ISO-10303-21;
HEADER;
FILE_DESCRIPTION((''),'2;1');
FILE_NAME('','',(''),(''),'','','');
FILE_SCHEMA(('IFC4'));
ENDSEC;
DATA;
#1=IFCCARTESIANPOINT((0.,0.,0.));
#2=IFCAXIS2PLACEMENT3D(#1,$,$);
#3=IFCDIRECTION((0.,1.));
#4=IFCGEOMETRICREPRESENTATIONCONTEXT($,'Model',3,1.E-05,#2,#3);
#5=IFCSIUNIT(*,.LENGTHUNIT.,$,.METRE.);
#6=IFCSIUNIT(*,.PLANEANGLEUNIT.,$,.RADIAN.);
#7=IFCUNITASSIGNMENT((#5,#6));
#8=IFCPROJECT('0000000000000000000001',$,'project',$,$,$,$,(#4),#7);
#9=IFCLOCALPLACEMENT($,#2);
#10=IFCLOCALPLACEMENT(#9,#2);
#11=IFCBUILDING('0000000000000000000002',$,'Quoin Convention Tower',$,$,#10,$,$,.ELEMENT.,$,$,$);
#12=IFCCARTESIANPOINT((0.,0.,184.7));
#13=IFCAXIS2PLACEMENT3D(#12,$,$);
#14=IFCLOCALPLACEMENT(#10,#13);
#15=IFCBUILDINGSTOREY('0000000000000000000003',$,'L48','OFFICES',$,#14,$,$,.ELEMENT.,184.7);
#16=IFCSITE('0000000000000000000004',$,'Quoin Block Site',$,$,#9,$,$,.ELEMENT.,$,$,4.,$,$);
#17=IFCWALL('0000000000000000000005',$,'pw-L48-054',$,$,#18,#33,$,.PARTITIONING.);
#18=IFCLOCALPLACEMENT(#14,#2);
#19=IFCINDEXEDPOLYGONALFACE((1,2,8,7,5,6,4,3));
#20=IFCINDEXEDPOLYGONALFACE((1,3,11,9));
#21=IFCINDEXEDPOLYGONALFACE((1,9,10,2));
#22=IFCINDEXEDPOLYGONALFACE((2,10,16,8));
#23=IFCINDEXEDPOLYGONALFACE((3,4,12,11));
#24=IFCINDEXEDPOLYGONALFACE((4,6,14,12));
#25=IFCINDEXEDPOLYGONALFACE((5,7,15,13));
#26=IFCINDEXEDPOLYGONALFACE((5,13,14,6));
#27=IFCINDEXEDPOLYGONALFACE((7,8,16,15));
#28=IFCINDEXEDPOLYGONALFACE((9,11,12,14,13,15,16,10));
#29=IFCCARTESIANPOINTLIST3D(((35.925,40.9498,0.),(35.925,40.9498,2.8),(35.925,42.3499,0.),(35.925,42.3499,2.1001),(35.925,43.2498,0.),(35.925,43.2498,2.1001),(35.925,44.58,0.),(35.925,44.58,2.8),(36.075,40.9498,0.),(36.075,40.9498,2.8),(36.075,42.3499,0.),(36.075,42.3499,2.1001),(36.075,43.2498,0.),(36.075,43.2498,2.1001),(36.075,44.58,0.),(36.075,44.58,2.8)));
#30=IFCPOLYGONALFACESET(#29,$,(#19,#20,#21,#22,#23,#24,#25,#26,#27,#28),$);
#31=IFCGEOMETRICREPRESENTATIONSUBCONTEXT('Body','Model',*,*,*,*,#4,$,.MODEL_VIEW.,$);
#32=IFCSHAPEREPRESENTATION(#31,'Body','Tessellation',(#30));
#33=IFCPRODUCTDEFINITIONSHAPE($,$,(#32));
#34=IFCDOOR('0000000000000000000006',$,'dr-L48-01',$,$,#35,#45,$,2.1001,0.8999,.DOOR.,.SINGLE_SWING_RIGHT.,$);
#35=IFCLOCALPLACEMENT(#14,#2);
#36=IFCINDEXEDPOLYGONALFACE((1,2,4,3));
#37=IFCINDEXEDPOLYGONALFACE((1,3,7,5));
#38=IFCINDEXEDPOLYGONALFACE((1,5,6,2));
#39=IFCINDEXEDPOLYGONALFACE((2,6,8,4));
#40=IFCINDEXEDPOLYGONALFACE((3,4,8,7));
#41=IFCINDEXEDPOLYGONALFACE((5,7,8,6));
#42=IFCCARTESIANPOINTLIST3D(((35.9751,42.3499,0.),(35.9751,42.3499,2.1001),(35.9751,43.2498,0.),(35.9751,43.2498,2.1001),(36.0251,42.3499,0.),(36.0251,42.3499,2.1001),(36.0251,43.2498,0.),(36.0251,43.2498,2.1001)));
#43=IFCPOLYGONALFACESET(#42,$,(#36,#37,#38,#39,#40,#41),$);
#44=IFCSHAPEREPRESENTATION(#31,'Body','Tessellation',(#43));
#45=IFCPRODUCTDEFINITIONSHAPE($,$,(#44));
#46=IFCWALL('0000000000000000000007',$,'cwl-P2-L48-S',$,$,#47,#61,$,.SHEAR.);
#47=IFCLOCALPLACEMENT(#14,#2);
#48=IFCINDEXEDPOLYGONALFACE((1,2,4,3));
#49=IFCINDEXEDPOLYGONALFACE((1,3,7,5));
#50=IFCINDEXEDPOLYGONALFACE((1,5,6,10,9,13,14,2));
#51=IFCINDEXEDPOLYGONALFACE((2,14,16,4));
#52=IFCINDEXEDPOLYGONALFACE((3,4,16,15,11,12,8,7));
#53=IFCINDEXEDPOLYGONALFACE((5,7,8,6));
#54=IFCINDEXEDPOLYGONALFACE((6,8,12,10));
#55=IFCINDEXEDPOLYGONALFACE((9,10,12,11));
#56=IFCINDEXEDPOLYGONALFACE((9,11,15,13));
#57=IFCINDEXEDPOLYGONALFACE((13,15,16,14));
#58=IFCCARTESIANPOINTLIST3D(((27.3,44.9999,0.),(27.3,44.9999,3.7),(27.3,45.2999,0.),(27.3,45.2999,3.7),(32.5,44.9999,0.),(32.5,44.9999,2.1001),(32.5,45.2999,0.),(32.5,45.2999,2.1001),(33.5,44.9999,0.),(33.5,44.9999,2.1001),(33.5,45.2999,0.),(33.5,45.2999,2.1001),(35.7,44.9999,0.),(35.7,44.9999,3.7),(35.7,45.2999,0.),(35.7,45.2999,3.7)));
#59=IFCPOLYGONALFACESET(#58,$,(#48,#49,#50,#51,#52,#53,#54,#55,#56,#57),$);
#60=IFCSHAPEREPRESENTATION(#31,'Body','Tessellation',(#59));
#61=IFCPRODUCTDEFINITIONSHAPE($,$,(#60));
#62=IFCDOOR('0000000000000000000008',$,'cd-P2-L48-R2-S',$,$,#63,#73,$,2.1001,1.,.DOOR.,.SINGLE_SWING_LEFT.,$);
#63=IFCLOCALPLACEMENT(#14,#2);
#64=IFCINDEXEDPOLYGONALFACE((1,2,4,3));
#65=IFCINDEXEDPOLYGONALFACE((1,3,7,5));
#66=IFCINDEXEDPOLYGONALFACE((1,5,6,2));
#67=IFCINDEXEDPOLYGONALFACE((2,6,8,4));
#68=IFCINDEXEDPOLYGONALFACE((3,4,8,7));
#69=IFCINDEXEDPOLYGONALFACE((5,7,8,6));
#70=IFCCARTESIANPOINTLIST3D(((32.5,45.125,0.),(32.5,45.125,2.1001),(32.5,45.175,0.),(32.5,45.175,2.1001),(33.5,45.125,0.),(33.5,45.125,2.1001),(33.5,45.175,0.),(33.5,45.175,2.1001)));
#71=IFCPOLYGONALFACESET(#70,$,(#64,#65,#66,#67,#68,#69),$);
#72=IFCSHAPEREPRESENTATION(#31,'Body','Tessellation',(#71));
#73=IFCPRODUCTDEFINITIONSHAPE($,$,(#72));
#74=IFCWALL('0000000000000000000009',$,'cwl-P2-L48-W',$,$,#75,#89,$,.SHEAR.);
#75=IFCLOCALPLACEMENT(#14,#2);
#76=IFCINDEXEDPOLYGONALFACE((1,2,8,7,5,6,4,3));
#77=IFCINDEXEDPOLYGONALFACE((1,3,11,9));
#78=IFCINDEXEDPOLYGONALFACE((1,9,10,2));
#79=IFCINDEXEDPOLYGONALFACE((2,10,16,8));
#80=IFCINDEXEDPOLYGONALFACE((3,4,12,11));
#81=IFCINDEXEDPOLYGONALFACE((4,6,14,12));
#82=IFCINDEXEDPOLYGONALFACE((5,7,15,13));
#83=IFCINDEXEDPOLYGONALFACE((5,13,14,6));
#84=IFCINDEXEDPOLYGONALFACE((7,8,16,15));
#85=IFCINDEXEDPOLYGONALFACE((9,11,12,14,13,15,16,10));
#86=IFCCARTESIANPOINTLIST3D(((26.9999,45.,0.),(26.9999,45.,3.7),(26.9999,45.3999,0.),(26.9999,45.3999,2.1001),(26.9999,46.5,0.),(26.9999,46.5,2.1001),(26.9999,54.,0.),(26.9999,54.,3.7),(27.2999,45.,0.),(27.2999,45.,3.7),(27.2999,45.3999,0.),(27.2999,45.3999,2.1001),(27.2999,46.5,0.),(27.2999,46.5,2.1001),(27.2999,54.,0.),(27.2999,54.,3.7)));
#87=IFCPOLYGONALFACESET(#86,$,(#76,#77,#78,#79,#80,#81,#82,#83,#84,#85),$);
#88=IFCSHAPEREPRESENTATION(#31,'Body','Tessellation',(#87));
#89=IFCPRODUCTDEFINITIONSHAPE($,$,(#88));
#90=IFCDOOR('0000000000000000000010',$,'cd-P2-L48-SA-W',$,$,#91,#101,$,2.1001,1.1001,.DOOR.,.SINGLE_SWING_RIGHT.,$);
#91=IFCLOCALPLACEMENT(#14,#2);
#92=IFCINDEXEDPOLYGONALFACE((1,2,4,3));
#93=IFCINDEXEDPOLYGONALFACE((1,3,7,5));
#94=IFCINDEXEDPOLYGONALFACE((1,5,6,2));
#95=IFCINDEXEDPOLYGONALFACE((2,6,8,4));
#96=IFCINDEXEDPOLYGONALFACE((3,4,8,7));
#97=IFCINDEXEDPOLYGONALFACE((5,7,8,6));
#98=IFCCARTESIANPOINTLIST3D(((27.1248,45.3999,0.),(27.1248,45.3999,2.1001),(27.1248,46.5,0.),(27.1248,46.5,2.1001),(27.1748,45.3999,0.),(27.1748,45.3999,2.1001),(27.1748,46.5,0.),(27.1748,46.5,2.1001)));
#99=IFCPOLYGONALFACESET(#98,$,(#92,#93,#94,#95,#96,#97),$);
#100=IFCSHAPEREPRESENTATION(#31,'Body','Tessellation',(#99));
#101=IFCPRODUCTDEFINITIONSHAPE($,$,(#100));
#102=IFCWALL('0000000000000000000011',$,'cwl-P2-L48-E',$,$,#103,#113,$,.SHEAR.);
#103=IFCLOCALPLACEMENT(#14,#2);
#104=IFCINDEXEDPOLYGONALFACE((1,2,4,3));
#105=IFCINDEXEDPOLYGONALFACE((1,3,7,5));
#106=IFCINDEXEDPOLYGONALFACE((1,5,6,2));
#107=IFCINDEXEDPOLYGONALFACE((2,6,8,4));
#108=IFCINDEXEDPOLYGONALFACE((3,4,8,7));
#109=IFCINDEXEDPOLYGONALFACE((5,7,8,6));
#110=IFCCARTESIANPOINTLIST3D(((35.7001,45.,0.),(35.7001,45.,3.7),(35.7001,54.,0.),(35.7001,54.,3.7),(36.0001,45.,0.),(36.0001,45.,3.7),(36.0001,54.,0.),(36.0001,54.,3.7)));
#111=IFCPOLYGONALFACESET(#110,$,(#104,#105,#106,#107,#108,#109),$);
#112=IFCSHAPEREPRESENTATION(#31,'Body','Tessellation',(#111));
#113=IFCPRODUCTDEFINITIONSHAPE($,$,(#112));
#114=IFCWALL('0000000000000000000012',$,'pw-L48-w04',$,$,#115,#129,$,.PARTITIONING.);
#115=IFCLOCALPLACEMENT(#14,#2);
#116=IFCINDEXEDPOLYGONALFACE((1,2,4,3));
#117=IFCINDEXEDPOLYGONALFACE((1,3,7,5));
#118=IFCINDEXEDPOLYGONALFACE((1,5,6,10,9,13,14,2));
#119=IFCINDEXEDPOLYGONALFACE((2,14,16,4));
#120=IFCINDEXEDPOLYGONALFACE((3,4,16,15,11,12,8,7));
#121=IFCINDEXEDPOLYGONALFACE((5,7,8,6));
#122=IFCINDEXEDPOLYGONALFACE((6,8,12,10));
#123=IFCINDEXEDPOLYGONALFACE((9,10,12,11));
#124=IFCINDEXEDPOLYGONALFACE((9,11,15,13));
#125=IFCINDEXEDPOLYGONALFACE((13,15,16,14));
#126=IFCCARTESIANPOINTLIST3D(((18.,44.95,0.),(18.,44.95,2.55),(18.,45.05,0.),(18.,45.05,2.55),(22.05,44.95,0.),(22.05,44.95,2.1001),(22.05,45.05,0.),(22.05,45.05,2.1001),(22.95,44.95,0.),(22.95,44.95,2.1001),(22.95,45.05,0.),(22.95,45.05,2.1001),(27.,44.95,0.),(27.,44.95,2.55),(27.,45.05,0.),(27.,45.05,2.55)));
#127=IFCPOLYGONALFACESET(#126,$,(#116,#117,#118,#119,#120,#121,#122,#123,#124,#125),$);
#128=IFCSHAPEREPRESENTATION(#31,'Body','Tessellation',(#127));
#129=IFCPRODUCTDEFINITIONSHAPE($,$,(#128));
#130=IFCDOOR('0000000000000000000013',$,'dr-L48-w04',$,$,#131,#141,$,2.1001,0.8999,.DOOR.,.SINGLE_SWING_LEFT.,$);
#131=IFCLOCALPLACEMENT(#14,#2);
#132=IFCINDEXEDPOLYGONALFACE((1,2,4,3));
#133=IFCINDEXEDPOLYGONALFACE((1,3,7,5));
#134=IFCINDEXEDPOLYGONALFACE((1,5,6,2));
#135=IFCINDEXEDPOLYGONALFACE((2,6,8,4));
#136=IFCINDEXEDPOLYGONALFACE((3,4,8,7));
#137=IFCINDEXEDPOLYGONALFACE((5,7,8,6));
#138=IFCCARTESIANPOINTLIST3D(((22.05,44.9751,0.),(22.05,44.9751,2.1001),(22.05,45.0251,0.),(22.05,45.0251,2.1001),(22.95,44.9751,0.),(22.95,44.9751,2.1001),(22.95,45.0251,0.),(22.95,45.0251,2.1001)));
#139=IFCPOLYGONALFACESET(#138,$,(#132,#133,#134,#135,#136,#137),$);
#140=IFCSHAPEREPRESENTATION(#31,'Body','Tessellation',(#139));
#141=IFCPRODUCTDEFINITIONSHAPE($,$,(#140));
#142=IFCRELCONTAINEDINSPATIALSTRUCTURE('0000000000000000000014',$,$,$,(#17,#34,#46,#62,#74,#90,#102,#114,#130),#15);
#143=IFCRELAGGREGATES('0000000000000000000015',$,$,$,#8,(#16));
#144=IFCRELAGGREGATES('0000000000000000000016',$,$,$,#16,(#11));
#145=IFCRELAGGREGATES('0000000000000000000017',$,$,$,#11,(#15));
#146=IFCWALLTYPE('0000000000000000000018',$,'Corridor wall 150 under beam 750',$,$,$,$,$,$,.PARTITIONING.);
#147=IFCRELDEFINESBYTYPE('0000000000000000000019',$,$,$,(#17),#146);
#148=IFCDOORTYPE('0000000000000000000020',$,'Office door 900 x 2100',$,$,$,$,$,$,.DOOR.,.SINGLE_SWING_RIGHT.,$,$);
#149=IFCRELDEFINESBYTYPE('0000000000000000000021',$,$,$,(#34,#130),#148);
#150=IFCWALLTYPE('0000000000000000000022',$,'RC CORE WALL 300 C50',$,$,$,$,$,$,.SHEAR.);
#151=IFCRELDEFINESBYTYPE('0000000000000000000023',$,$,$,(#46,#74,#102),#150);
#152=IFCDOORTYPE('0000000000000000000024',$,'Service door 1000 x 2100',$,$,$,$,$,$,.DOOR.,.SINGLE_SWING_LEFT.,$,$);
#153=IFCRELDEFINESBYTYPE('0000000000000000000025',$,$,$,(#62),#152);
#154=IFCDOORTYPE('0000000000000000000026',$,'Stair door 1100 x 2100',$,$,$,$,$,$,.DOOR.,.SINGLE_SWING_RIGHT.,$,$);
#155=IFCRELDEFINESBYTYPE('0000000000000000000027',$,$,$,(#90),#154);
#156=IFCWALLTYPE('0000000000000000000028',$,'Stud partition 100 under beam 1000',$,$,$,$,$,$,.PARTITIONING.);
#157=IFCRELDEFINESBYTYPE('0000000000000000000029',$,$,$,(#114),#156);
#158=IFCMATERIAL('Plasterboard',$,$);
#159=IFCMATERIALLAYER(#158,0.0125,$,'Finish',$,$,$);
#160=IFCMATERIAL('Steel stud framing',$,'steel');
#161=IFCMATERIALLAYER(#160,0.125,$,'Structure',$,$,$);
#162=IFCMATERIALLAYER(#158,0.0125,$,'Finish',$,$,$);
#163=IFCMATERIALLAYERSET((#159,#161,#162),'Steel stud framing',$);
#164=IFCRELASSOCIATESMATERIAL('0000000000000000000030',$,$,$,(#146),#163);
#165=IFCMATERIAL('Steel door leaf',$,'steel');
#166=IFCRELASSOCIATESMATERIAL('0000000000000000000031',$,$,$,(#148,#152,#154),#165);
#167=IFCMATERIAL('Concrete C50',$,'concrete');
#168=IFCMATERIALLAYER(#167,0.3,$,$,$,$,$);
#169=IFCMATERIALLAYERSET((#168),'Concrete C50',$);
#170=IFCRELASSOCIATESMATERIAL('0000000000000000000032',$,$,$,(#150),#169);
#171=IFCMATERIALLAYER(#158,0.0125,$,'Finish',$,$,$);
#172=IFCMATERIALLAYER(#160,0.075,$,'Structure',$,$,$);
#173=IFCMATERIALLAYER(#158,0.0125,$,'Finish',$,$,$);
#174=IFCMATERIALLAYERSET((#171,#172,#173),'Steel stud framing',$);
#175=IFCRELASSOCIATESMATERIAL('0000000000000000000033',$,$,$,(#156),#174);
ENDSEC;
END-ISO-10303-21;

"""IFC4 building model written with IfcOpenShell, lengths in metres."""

from ifc_helpers import new_model, si_unit, direction, frame, frame_2d, origin, place, context, subcontext, project, spatial, rectangle, extrude, material, layer, layer_set, type_object, element, fill, save


model = new_model("IFC4")

# Units and contexts
model_context = context("Model", 3, precision=1e-05, world=origin(), true_north=direction((0.0, 1.0)))
body_context = subcontext(model_context, "Body", "Model", "MODEL_VIEW")
ifc_project = project(units=[si_unit("LENGTHUNIT", "METRE"), si_unit("PLANEANGLEUNIT", "RADIAN")], contexts=[model_context])

# Site, building, storey
site_placement = place(None, origin())
site = spatial("IfcSite", under=ifc_project, at=site_placement, Name="Quoin Block Site", CompositionType="ELEMENT", RefElevation=4.0)
building_placement = place(site_placement, origin())
building = spatial("IfcBuilding", under=site, at=building_placement, Name="Quoin Convention Tower", CompositionType="ELEMENT")
storey_placement = place(building_placement, frame((0.0, 0.0, 184.7)))
storey = spatial("IfcBuildingStorey", under=building, at=storey_placement, Name="L48", Description="OFFICES", CompositionType="ELEMENT", Elevation=184.7)

# Shared definitions
ifc_material_1 = material(Name="Concrete C50", Category="concrete")

# Walls, openings, doors
ifc_material_2 = material(Name="Plasterboard")
ifc_layer_1 = layer(ifc_material_2, 0.0125, Name="Finish")
ifc_material_3 = material(Name="Steel stud framing", Category="steel")
ifc_layer_2 = layer(ifc_material_3, 0.125, Name="Structure")
ifc_layer_3 = layer(ifc_material_2, 0.0125, Name="Finish")
ifc_layer_set_1 = layer_set([ifc_layer_1, ifc_layer_2, ifc_layer_3], Name="Steel stud framing")
wall_type_1 = type_object("IfcWallType", Name="Corridor wall 150 under beam 750", PredefinedType="PARTITIONING", material=ifc_layer_set_1)
wall_1_placement = place(storey_placement, frame((36.0, 40.95, 0.0), z_axis=(0.0, 0.0, 1.0), x_axis=(0.0, 1.0, 0.0)))
wall_1 = element("IfcWall", 1, at=wall_1_placement, inside=storey, type_object=wall_type_1, Name="pw-L48-054", PredefinedType="PARTITIONING", context=body_context, shape_type="SweptSolid", body=[
    extrude(rectangle(XDim=3.6301, YDim=0.1499, at=frame_2d((1.8149, 0.0))), origin(), (0.0, 0.0, 1.0), 2.8),
])
opening_1_placement = place(wall_1_placement, frame((1.3999, 0.0, 0.0)))
opening_1 = element("IfcOpeningElement", 2, at=opening_1_placement, cuts=wall_1, PredefinedType="OPENING", context=body_context, shape_type="SweptSolid", body=[
    extrude(rectangle(XDim=0.8999, YDim=2.1001, at=frame_2d((0.45, 1.05))), frame((0.0, 0.085, 0.0), z_axis=(0.0, -1.0, 0.0), x_axis=(1.0, 0.0, 0.0)), (0.0, 0.0, 1.0), 0.1699),
])
ifc_material_4 = material(Name="Steel door leaf", Category="steel")
door_type_1 = type_object("IfcDoorType", Name="Office door 900 x 2100", OperationType="SINGLE_SWING_RIGHT", PredefinedType="DOOR", material=ifc_material_4)
door_1_placement = place(opening_1_placement, origin())
door_1 = element("IfcDoor", 3, at=door_1_placement, inside=storey, type_object=door_type_1, Name="dr-L48-01", OperationType="SINGLE_SWING_RIGHT", OverallHeight=2.1001, OverallWidth=0.8999, PredefinedType="DOOR", context=body_context, shape_type="SweptSolid", body=[
    extrude(rectangle(XDim=0.8999, YDim=2.1001, at=frame_2d((0.45, 1.05))), frame((0.0, 0.0249, 0.0), z_axis=(0.0, -1.0, 0.0), x_axis=(1.0, 0.0, 0.0)), (0.0, 0.0, 1.0), 0.05),
])
fill(opening_1, door_1)
ifc_layer_4 = layer(ifc_material_1, 0.3)
ifc_layer_set_2 = layer_set([ifc_layer_4], Name="Concrete C50")
wall_type_2 = type_object("IfcWallType", Name="RC CORE WALL 300 C50", PredefinedType="SHEAR", material=ifc_layer_set_2)
wall_2_placement = place(storey_placement, frame((27.3, 45.1499, 0.0), z_axis=(0.0, 0.0, 1.0), x_axis=(1.0, 0.0, 0.0)))
wall_2 = element("IfcWall", 4, at=wall_2_placement, inside=storey, type_object=wall_type_2, Name="cwl-P2-L48-S", PredefinedType="SHEAR", context=body_context, shape_type="SweptSolid", body=[
    extrude(rectangle(XDim=8.3999, YDim=0.3, at=frame_2d((4.2, 0.0))), origin(), (0.0, 0.0, 1.0), 3.7),
])
opening_2_placement = place(wall_2_placement, frame((5.2, 0.0, 0.0)))
opening_2 = element("IfcOpeningElement", 5, at=opening_2_placement, cuts=wall_2, PredefinedType="OPENING", context=body_context, shape_type="SweptSolid", body=[
    extrude(rectangle(XDim=1.0, YDim=2.1001, at=frame_2d((0.5, 1.05))), frame((0.0, 0.1599, 0.0), z_axis=(0.0, -1.0, 0.0), x_axis=(1.0, 0.0, 0.0)), (0.0, 0.0, 1.0), 0.3201),
])
door_type_2 = type_object("IfcDoorType", Name="Service door 1000 x 2100", OperationType="SINGLE_SWING_LEFT", PredefinedType="DOOR", material=ifc_material_4)
door_2_placement = place(opening_2_placement, frame((1.0, 0.0, 0.0), z_axis=(0.0, 0.0, 1.0), x_axis=(-1.0, 0.0, 0.0)))
door_2 = element("IfcDoor", 6, at=door_2_placement, inside=storey, type_object=door_type_2, Name="cd-P2-L48-R2-S", OperationType="SINGLE_SWING_LEFT", OverallHeight=2.1001, OverallWidth=1.0, PredefinedType="DOOR", context=body_context, shape_type="SweptSolid", body=[
    extrude(rectangle(XDim=1.0, YDim=2.1001, at=frame_2d((0.5, 1.05))), frame((0.0, 0.0249, 0.0), z_axis=(0.0, -1.0, 0.0), x_axis=(1.0, 0.0, 0.0)), (0.0, 0.0, 1.0), 0.05),
])
fill(opening_2, door_2)
wall_3_placement = place(storey_placement, frame((27.1499, 45.0, 0.0), z_axis=(0.0, 0.0, 1.0), x_axis=(0.0, 1.0, 0.0)))
wall_3 = element("IfcWall", 7, at=wall_3_placement, inside=storey, type_object=wall_type_2, Name="cwl-P2-L48-W", PredefinedType="SHEAR", context=body_context, shape_type="SweptSolid", body=[
    extrude(rectangle(XDim=9.0, YDim=0.3, at=frame_2d((4.5, 0.0))), origin(), (0.0, 0.0, 1.0), 3.7),
])
opening_3_placement = place(wall_3_placement, frame((0.3999, 0.0, 0.0)))
opening_3 = element("IfcOpeningElement", 8, at=opening_3_placement, cuts=wall_3, PredefinedType="OPENING", context=body_context, shape_type="SweptSolid", body=[
    extrude(rectangle(XDim=1.1001, YDim=2.1001, at=frame_2d((0.55, 1.05))), frame((0.0, 0.1599, 0.0), z_axis=(0.0, -1.0, 0.0), x_axis=(1.0, 0.0, 0.0)), (0.0, 0.0, 1.0), 0.3201),
])
door_type_3 = type_object("IfcDoorType", Name="Stair door 1100 x 2100", OperationType="SINGLE_SWING_RIGHT", PredefinedType="DOOR", material=ifc_material_4)
door_3_placement = place(opening_3_placement, frame((1.1001, 0.0, 0.0), z_axis=(0.0, 0.0, 1.0), x_axis=(-1.0, 0.0, 0.0)))
door_3 = element("IfcDoor", 9, at=door_3_placement, inside=storey, type_object=door_type_3, Name="cd-P2-L48-SA-W", OperationType="SINGLE_SWING_RIGHT", OverallHeight=2.1001, OverallWidth=1.1001, PredefinedType="DOOR", context=body_context, shape_type="SweptSolid", body=[
    extrude(rectangle(XDim=1.1001, YDim=2.1001, at=frame_2d((0.55, 1.05))), frame((0.0, 0.0249, 0.0), z_axis=(0.0, -1.0, 0.0), x_axis=(1.0, 0.0, 0.0)), (0.0, 0.0, 1.0), 0.05),
])
fill(opening_3, door_3)

# Wall
wall_4_placement = place(storey_placement, frame((35.8501, 45.0, 0.0), z_axis=(0.0, 0.0, 1.0), x_axis=(0.0, 1.0, 0.0)))
element("IfcWall", 10, at=wall_4_placement, inside=storey, type_object=wall_type_2, Name="cwl-P2-L48-E", PredefinedType="SHEAR", context=body_context, shape_type="SweptSolid", body=[
    extrude(rectangle(XDim=9.0, YDim=0.3, at=frame_2d((4.5, 0.0))), origin(), (0.0, 0.0, 1.0), 3.7),
])

# Wall, opening, door
ifc_layer_5 = layer(ifc_material_2, 0.0125, Name="Finish")
ifc_layer_6 = layer(ifc_material_3, 0.075, Name="Structure")
ifc_layer_7 = layer(ifc_material_2, 0.0125, Name="Finish")
ifc_layer_set_3 = layer_set([ifc_layer_5, ifc_layer_6, ifc_layer_7], Name="Steel stud framing")
wall_type_3 = type_object("IfcWallType", Name="Stud partition 100 under beam 1000", PredefinedType="PARTITIONING", material=ifc_layer_set_3)
wall_5_placement = place(storey_placement, frame((18.0, 45.0, 0.0), z_axis=(0.0, 0.0, 1.0), x_axis=(1.0, 0.0, 0.0)))
wall_5 = element("IfcWall", 11, at=wall_5_placement, inside=storey, type_object=wall_type_3, Name="pw-L48-w04", PredefinedType="PARTITIONING", context=body_context, shape_type="SweptSolid", body=[
    extrude(rectangle(XDim=9.0, YDim=0.1001, at=frame_2d((4.5, 0.0))), origin(), (0.0, 0.0, 1.0), 2.55),
])
opening_4_placement = place(wall_5_placement, frame((4.05, 0.0, 0.0)))
opening_4 = element("IfcOpeningElement", 12, at=opening_4_placement, cuts=wall_5, PredefinedType="OPENING", context=body_context, shape_type="SweptSolid", body=[
    extrude(rectangle(XDim=0.8999, YDim=2.1001, at=frame_2d((0.45, 1.05))), frame((0.0, 0.0601, 0.0), z_axis=(0.0, -1.0, 0.0), x_axis=(1.0, 0.0, 0.0)), (0.0, 0.0, 1.0), 0.1201),
])
door_4_placement = place(opening_4_placement, frame((0.8999, 0.0, 0.0), z_axis=(0.0, 0.0, 1.0), x_axis=(-1.0, 0.0, 0.0)))
door_4 = element("IfcDoor", 13, at=door_4_placement, inside=storey, type_object=door_type_1, Name="dr-L48-w04", OperationType="SINGLE_SWING_LEFT", OverallHeight=2.1001, OverallWidth=0.8999, PredefinedType="DOOR", context=body_context, shape_type="SweptSolid", body=[
    extrude(rectangle(XDim=0.8999, YDim=2.1001, at=frame_2d((0.45, 1.05))), frame((0.0, 0.0249, 0.0), z_axis=(0.0, -1.0, 0.0), x_axis=(1.0, 0.0, 0.0)), (0.0, 0.0, 1.0), 0.05),
])
fill(opening_4, door_4)

save(model, "model.ifc")
